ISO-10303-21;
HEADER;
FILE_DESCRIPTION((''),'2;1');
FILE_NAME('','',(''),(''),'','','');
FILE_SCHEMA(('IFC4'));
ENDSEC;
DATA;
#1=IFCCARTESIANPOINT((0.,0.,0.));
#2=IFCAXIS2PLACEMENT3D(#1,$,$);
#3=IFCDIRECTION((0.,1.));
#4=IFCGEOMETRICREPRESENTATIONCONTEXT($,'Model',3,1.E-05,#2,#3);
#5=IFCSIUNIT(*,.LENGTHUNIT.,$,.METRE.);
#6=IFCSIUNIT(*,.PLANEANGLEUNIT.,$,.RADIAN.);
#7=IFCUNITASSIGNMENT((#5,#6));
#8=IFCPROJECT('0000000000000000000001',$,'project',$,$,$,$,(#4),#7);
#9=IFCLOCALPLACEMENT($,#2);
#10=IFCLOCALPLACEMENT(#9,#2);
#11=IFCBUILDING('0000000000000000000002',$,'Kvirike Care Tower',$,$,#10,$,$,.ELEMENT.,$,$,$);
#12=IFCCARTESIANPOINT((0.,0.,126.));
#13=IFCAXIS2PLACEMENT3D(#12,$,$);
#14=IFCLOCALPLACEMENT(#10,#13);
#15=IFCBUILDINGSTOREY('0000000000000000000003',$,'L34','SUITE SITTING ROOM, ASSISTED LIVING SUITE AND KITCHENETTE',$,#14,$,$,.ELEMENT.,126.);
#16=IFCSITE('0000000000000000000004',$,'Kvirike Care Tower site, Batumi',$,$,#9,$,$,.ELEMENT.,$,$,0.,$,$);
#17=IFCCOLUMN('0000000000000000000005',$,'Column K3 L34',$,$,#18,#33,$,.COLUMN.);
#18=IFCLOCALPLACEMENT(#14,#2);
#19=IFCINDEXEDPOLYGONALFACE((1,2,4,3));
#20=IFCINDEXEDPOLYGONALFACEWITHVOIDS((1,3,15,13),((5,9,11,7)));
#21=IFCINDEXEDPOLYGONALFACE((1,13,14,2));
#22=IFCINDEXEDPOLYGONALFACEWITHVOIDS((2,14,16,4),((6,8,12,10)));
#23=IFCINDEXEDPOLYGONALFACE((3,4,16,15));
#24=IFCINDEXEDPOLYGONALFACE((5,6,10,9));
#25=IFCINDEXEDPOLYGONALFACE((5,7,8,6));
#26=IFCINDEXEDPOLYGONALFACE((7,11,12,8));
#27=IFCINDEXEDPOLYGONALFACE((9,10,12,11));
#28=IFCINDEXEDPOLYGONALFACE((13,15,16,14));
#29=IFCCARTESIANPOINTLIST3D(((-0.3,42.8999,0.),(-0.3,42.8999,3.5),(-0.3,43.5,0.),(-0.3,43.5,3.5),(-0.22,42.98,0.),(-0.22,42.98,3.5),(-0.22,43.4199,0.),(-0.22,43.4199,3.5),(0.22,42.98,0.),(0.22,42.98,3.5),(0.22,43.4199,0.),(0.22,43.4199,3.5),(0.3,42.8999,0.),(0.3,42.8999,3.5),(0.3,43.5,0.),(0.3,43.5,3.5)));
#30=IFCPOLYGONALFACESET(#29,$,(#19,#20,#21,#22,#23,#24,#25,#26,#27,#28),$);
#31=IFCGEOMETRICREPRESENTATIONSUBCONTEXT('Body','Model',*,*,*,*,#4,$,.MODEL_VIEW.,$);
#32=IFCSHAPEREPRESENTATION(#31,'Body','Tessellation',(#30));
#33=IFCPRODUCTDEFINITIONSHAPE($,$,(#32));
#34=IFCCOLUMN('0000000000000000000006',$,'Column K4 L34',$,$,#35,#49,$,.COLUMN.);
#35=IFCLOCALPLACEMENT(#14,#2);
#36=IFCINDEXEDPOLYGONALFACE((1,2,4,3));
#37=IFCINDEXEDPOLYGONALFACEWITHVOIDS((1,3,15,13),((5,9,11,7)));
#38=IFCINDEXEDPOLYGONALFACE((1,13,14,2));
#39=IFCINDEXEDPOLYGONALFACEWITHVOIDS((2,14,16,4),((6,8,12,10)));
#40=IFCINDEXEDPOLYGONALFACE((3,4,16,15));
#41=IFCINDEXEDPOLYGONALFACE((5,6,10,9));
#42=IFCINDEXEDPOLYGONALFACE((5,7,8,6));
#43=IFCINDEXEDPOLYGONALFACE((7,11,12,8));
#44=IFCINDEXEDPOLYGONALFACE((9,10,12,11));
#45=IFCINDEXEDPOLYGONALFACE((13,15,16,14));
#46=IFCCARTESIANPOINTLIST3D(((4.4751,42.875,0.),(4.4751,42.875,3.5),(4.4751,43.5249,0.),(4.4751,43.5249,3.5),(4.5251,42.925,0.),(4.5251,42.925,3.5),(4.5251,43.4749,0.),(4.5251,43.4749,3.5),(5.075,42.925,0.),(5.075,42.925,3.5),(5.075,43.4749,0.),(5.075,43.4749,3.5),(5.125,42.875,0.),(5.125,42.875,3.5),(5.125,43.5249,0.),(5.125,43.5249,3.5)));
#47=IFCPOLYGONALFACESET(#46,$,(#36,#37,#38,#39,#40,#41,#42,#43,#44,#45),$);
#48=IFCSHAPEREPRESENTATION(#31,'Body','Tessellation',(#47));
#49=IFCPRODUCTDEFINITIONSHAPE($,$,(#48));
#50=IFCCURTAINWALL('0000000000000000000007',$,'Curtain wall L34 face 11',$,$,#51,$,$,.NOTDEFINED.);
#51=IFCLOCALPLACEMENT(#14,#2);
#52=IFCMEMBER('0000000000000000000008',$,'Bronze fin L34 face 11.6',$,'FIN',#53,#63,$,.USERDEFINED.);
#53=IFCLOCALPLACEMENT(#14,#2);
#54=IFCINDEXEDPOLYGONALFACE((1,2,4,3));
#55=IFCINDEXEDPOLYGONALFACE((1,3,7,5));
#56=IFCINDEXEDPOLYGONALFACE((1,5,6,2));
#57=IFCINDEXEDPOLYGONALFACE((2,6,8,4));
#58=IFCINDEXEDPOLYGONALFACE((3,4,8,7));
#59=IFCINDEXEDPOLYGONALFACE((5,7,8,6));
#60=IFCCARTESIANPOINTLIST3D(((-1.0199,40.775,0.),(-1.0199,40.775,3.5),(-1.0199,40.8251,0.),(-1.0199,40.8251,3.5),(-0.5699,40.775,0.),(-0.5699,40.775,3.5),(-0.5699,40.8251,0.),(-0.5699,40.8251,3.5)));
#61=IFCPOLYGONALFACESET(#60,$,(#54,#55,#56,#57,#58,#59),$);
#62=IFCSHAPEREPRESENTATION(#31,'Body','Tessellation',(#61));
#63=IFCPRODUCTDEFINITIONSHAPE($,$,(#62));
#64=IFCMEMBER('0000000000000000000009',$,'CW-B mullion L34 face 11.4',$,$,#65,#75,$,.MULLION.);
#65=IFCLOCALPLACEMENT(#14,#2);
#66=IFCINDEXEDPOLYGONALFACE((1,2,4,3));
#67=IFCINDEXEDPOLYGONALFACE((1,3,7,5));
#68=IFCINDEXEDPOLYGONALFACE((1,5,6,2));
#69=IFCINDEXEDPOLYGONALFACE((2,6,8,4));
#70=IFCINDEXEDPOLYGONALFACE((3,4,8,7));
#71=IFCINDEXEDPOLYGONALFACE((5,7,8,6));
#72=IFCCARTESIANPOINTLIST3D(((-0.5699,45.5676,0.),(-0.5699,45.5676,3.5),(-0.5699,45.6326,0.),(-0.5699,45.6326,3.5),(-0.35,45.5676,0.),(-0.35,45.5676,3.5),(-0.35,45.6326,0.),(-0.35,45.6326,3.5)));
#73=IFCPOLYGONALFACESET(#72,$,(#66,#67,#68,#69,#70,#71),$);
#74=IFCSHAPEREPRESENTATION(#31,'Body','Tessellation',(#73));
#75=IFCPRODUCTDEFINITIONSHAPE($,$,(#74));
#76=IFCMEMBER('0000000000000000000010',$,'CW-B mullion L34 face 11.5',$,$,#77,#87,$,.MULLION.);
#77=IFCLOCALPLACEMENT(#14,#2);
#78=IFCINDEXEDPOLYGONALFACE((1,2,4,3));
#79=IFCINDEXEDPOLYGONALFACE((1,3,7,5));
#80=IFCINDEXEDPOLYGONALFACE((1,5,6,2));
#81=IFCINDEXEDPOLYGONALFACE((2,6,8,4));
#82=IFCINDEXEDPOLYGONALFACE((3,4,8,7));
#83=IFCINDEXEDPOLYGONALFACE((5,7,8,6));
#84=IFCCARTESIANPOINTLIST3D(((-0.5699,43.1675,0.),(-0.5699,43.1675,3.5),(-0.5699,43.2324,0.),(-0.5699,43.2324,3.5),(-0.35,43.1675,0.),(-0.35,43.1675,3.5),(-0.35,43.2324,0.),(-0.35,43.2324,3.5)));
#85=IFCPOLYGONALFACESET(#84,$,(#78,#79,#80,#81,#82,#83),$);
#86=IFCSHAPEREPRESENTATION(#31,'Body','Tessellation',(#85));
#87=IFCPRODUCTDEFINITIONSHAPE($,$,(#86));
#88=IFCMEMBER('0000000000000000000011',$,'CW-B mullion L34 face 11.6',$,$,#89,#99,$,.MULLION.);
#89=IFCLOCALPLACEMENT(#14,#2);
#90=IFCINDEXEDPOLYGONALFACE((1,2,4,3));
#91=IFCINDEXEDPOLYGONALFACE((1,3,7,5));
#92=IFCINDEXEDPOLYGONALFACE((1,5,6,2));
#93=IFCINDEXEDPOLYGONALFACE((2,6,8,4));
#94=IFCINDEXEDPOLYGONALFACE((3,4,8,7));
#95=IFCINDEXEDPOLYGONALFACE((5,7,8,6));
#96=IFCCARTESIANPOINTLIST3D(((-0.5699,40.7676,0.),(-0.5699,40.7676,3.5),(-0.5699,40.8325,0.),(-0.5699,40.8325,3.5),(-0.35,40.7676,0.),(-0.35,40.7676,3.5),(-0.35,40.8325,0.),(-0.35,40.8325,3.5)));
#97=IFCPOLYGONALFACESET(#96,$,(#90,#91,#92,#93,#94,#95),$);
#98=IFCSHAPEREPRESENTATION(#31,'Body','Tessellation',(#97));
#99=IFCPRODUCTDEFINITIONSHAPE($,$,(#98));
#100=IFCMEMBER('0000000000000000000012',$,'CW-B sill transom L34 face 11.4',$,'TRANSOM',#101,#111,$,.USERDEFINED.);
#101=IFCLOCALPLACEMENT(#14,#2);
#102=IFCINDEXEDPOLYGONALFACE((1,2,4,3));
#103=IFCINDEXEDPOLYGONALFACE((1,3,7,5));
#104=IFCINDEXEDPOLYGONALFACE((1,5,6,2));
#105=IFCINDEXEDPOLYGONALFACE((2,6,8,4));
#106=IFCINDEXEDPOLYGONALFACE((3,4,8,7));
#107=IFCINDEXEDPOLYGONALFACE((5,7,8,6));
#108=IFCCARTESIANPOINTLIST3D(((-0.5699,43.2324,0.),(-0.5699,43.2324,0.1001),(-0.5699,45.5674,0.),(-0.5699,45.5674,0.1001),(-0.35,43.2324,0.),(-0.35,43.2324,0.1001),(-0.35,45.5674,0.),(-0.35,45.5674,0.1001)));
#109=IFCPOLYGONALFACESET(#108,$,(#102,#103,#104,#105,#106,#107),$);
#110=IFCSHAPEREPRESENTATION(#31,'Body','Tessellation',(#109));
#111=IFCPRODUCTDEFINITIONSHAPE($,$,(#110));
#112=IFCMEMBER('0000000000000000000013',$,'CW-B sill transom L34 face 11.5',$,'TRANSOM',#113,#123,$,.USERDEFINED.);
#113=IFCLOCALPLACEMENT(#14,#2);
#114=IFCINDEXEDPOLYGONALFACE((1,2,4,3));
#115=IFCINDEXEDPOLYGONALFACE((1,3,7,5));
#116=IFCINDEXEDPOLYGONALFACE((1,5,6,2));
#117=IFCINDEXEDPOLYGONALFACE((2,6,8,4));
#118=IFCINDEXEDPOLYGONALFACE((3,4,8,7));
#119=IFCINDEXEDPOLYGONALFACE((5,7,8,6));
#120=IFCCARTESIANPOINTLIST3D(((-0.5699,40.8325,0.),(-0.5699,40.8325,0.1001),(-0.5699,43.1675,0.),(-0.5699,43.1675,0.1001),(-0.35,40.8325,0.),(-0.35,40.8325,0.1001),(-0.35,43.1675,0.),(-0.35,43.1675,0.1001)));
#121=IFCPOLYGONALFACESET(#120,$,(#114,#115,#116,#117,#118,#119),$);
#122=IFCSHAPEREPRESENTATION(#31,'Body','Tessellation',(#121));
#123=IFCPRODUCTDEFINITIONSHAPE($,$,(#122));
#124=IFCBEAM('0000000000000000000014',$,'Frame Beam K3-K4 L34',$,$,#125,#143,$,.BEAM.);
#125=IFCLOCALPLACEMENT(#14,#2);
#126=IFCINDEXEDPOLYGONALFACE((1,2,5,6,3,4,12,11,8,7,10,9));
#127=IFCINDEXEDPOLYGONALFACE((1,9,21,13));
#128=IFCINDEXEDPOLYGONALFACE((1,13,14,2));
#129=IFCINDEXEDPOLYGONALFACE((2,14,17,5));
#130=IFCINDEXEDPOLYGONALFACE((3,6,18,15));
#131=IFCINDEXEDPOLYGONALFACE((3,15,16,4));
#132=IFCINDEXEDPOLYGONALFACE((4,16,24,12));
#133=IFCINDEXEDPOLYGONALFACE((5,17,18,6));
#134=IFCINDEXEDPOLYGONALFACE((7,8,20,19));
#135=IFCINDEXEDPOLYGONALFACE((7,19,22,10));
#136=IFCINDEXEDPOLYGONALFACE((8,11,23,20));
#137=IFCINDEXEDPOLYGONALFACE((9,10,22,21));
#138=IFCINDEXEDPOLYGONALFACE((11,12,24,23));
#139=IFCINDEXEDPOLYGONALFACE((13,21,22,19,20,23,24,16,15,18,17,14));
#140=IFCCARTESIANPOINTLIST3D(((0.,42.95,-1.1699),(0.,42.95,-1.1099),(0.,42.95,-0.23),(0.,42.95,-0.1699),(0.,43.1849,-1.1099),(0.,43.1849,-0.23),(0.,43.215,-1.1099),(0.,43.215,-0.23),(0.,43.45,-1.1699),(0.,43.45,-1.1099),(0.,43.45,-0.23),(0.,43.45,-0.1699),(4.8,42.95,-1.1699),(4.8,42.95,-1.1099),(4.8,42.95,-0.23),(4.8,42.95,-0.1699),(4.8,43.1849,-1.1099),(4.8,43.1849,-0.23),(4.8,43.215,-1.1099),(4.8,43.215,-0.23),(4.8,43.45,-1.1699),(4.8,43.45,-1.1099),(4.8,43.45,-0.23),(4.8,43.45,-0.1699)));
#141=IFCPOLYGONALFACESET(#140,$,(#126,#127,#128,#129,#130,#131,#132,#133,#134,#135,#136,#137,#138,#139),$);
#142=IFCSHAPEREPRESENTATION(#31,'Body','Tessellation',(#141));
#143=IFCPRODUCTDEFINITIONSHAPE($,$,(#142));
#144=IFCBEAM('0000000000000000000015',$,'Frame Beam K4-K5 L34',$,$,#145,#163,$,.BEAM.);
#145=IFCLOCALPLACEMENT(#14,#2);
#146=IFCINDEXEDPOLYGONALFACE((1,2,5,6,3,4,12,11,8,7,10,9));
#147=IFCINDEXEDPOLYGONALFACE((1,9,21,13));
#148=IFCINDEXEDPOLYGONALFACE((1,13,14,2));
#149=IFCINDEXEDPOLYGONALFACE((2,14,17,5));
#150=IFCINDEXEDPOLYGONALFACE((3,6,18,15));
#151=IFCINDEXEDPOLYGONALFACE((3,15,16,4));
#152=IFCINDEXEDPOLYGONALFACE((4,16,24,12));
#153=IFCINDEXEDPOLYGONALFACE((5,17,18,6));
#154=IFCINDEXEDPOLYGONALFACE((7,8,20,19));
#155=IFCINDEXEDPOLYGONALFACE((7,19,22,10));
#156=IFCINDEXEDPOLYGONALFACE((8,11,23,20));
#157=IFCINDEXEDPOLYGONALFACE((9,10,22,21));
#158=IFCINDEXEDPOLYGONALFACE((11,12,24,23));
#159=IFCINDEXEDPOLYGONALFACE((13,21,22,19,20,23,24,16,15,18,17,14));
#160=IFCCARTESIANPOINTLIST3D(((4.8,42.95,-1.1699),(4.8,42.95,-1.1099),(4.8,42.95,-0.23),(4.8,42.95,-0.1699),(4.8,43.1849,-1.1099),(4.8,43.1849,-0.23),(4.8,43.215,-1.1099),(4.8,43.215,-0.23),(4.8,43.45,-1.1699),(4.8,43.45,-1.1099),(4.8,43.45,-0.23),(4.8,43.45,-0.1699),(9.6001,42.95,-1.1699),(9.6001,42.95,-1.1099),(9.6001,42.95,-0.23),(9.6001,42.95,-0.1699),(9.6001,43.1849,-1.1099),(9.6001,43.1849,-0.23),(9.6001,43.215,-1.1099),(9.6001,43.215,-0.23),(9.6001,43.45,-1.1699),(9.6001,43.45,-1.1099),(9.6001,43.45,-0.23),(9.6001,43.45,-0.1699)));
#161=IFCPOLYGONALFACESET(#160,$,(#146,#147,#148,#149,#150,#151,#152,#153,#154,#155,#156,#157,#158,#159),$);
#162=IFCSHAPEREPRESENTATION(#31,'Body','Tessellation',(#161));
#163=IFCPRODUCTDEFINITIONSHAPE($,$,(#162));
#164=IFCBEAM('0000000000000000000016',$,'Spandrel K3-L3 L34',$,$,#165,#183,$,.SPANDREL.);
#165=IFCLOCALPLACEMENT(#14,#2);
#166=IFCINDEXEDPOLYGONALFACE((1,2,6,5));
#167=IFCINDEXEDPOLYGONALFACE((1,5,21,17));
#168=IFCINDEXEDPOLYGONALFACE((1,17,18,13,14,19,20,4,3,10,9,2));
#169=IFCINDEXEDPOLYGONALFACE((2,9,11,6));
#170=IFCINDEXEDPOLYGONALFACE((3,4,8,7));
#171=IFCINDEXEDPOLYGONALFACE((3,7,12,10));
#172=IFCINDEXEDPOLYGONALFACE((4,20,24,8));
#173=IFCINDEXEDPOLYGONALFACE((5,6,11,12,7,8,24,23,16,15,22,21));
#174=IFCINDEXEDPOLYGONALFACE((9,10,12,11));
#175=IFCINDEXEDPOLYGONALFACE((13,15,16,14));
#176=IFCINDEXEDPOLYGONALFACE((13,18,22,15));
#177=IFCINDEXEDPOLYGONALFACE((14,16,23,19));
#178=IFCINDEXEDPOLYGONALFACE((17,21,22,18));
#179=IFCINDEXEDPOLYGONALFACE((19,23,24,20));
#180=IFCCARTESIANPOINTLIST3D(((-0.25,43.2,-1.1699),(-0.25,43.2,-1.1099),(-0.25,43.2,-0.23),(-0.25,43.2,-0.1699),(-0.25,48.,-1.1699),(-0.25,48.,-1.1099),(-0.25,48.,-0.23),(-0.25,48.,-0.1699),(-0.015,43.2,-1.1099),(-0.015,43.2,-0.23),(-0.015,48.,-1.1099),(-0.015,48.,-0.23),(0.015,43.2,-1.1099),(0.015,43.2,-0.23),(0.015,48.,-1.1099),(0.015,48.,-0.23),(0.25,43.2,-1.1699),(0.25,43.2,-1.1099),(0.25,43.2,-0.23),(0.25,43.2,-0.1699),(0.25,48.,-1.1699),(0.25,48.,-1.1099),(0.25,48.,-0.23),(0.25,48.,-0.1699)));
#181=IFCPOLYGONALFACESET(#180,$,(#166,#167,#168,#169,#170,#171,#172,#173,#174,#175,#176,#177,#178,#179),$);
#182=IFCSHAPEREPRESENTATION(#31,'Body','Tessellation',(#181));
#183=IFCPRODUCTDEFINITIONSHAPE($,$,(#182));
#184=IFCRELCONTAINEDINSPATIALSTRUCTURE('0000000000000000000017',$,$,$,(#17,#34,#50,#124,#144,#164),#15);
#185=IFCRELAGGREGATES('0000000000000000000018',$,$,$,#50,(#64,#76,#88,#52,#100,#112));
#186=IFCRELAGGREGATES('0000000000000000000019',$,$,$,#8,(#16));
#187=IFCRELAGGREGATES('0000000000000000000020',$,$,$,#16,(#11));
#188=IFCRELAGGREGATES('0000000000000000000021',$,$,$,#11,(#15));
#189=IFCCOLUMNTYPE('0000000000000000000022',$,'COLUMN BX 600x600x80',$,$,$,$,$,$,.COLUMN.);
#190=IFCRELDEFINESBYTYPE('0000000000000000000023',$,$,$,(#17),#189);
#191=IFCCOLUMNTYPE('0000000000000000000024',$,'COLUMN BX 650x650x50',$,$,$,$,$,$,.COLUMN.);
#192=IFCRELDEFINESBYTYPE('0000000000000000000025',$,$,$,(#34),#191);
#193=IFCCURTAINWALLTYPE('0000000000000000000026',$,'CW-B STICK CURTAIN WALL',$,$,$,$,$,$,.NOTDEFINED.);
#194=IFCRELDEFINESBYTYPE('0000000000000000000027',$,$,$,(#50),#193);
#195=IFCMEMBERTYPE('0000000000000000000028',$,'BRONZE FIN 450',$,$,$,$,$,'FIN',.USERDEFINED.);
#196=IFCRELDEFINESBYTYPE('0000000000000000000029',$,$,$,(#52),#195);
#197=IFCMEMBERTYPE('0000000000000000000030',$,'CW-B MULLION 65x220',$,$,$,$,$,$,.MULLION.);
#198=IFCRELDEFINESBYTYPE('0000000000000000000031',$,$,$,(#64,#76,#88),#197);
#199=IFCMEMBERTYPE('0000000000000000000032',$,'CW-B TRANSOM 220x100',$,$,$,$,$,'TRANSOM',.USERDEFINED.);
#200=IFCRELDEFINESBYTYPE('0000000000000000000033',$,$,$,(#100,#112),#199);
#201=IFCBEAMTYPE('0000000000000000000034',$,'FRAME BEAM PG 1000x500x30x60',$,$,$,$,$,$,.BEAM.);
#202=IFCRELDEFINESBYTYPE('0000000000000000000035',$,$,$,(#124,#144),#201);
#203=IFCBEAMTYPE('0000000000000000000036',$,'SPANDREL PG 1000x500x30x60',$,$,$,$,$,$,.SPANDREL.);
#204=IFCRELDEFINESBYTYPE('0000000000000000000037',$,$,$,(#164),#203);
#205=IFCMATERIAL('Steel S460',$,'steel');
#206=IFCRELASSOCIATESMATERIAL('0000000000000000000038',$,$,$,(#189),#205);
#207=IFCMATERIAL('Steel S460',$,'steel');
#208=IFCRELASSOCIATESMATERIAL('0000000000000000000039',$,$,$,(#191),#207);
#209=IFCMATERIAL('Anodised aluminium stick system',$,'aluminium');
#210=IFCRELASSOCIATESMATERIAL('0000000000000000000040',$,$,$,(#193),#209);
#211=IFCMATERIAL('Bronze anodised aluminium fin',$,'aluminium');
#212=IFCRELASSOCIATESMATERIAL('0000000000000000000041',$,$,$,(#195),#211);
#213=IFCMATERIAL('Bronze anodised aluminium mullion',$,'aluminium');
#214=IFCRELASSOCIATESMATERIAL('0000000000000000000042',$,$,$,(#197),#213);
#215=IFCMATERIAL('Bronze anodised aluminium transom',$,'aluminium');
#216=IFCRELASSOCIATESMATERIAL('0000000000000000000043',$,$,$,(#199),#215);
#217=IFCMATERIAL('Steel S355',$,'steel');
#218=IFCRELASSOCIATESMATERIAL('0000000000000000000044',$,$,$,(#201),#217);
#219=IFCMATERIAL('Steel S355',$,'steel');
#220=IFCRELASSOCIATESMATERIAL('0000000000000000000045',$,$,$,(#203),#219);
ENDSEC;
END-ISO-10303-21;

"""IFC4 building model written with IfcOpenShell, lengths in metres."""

from ifc_helpers import new_model, si_unit, direction, frame, origin, origin_2d, place, context, subcontext, project, spatial, rectangle, hollow_rectangle, i_section, extrude, material, material_profile, profile_set, type_object, element, aggregate, save


model = new_model("IFC4")

# Units and contexts
model_context = context("Model", 3, precision=1e-05, world=origin(), true_north=direction((0.0, 1.0)))
body_context = subcontext(model_context, "Body", "Model", "MODEL_VIEW")
ifc_project = project(units=[si_unit("LENGTHUNIT", "METRE"), si_unit("PLANEANGLEUNIT", "RADIAN")], contexts=[model_context])

# Site, building, storey
site_placement = place(None, origin())
site = spatial("IfcSite", under=ifc_project, at=site_placement, Name="Kvirike Care Tower site, Batumi", CompositionType="ELEMENT", RefElevation=0.0)
building_placement = place(site_placement, origin())
building = spatial("IfcBuilding", under=site, at=building_placement, Name="Kvirike Care Tower", CompositionType="ELEMENT")
storey_placement = place(building_placement, frame((0.0, 0.0, 126.0)))
storey = spatial("IfcBuildingStorey", under=building, at=storey_placement, Name="L34", Description="SUITE SITTING ROOM, ASSISTED LIVING SUITE AND KITCHENETTE", CompositionType="ELEMENT", Elevation=126.0)

# Columns
ifc_material_1 = material(Name="Steel S460", Category="steel")
ifc_material_profile_1 = material_profile(ifc_material_1, hollow_rectangle(XDim=0.6001, YDim=0.6001, WallThickness=0.0801, at=origin_2d()), Name="BX 600x600x80")
ifc_profile_set_1 = profile_set([ifc_material_profile_1], Name="Steel S460")
column_type_1 = type_object("IfcColumnType", Name="COLUMN BX 600x600x80", PredefinedType="COLUMN", material=ifc_profile_set_1)
column_1_placement = place(storey_placement, frame((0.0, 43.2, 0.0), z_axis=(0.0, 0.0, 1.0), x_axis=(0.0, 1.0, 0.0)))
element("IfcColumn", 1, at=column_1_placement, inside=storey, type_object=column_type_1, Name="Column K3 L34", PredefinedType="COLUMN", context=body_context, shape_type="SweptSolid", body=[
    extrude(hollow_rectangle(XDim=0.6001, YDim=0.6001, WallThickness=0.0801, at=origin_2d()), origin(), (0.0, 0.0, 1.0), 3.5),
])
ifc_material_2 = material(Name="Steel S460", Category="steel")
ifc_material_profile_2 = material_profile(ifc_material_2, hollow_rectangle(XDim=0.6499, YDim=0.6499, WallThickness=0.05, at=origin_2d()), Name="BX 650x650x50")
ifc_profile_set_2 = profile_set([ifc_material_profile_2], Name="Steel S460")
column_type_2 = type_object("IfcColumnType", Name="COLUMN BX 650x650x50", PredefinedType="COLUMN", material=ifc_profile_set_2)
column_2_placement = place(storey_placement, frame((4.8, 43.2, 0.0), z_axis=(0.0, 0.0, 1.0), x_axis=(0.0, 1.0, 0.0)))
element("IfcColumn", 2, at=column_2_placement, inside=storey, type_object=column_type_2, Name="Column K4 L34", PredefinedType="COLUMN", context=body_context, shape_type="SweptSolid", body=[
    extrude(hollow_rectangle(XDim=0.6499, YDim=0.6499, WallThickness=0.05, at=origin_2d()), origin(), (0.0, 0.0, 1.0), 3.5),
])

# Curtain wall, members
ifc_material_3 = material(Name="Anodised aluminium stick system", Category="aluminium")
curtain_wall_type = type_object("IfcCurtainWallType", Name="CW-B STICK CURTAIN WALL", PredefinedType="NOTDEFINED", material=ifc_material_3)
curtain_wall_placement = place(storey_placement, origin())
curtain_wall = element("IfcCurtainWall", 3, at=curtain_wall_placement, inside=storey, type_object=curtain_wall_type, Name="Curtain wall L34 face 11", PredefinedType="NOTDEFINED")
ifc_material_4 = material(Name="Bronze anodised aluminium fin", Category="aluminium")
ifc_material_profile_3 = material_profile(ifc_material_4, rectangle(XDim=0.05, YDim=0.45, at=origin_2d()), Name="BRONZE FIN 450")
ifc_profile_set_3 = profile_set([ifc_material_profile_3], Name="Bronze anodised aluminium fin")
member_type_1 = type_object("IfcMemberType", Name="BRONZE FIN 450", ElementType="FIN", PredefinedType="USERDEFINED", material=ifc_profile_set_3)
member_1_placement = place(storey_placement, frame((-0.7949, 40.8, 0.0), z_axis=(0.0, 0.0, 1.0), x_axis=(0.0, -1.0, 0.0)))
member_1 = element("IfcMember", 4, at=member_1_placement, type_object=member_type_1, Name="Bronze fin L34 face 11.6", ObjectType="FIN", PredefinedType="USERDEFINED", context=body_context, shape_type="SweptSolid", body=[
    extrude(rectangle(XDim=0.05, YDim=0.45, at=origin_2d()), origin(), (0.0, 0.0, 1.0), 3.5),
])
ifc_material_5 = material(Name="Bronze anodised aluminium mullion", Category="aluminium")
ifc_material_profile_4 = material_profile(ifc_material_5, rectangle(XDim=0.0649, YDim=0.22, at=origin_2d()), Name="CW-B MULLION 65x220")
ifc_profile_set_4 = profile_set([ifc_material_profile_4], Name="Bronze anodised aluminium mullion")
member_type_2 = type_object("IfcMemberType", Name="CW-B MULLION 65x220", PredefinedType="MULLION", material=ifc_profile_set_4)
member_2_placement = place(storey_placement, frame((-0.46, 45.6001, 0.0), z_axis=(0.0, 0.0, 1.0), x_axis=(0.0, -1.0, 0.0)))
member_2 = element("IfcMember", 5, at=member_2_placement, type_object=member_type_2, Name="CW-B mullion L34 face 11.4", PredefinedType="MULLION", context=body_context, shape_type="SweptSolid", body=[
    extrude(rectangle(XDim=0.0649, YDim=0.22, at=origin_2d()), origin(), (0.0, 0.0, 1.0), 3.5),
])
member_3_placement = place(storey_placement, frame((-0.46, 43.2, 0.0), z_axis=(0.0, 0.0, 1.0), x_axis=(0.0, -1.0, 0.0)))
member_3 = element("IfcMember", 6, at=member_3_placement, type_object=member_type_2, Name="CW-B mullion L34 face 11.5", PredefinedType="MULLION", context=body_context, shape_type="SweptSolid", body=[
    extrude(rectangle(XDim=0.0649, YDim=0.22, at=origin_2d()), origin(), (0.0, 0.0, 1.0), 3.5),
])
member_4_placement = place(storey_placement, frame((-0.46, 40.8, 0.0), z_axis=(0.0, 0.0, 1.0), x_axis=(0.0, -1.0, 0.0)))
member_4 = element("IfcMember", 7, at=member_4_placement, type_object=member_type_2, Name="CW-B mullion L34 face 11.6", PredefinedType="MULLION", context=body_context, shape_type="SweptSolid", body=[
    extrude(rectangle(XDim=0.0649, YDim=0.22, at=origin_2d()), origin(), (0.0, 0.0, 1.0), 3.5),
])
ifc_material_6 = material(Name="Bronze anodised aluminium transom", Category="aluminium")
ifc_material_profile_5 = material_profile(ifc_material_6, rectangle(XDim=0.22, YDim=0.1001, at=origin_2d()), Name="CW-B TRANSOM 220x100")
ifc_profile_set_5 = profile_set([ifc_material_profile_5], Name="Bronze anodised aluminium transom")
member_type_3 = type_object("IfcMemberType", Name="CW-B TRANSOM 220x100", ElementType="TRANSOM", PredefinedType="USERDEFINED", material=ifc_profile_set_5)
member_5_placement = place(storey_placement, frame((-0.46, 45.5674, 0.05), z_axis=(0.0, -1.0, 0.0), x_axis=(1.0, 0.0, 0.0)))
member_5 = element("IfcMember", 8, at=member_5_placement, type_object=member_type_3, Name="CW-B sill transom L34 face 11.4", ObjectType="TRANSOM", PredefinedType="USERDEFINED", context=body_context, shape_type="SweptSolid", body=[
    extrude(rectangle(XDim=0.22, YDim=0.1001, at=origin_2d()), origin(), (0.0, 0.0, 1.0), 2.335),
])
member_6_placement = place(storey_placement, frame((-0.46, 43.1675, 0.05), z_axis=(0.0, -1.0, 0.0), x_axis=(1.0, 0.0, 0.0)))
member_6 = element("IfcMember", 9, at=member_6_placement, type_object=member_type_3, Name="CW-B sill transom L34 face 11.5", ObjectType="TRANSOM", PredefinedType="USERDEFINED", context=body_context, shape_type="SweptSolid", body=[
    extrude(rectangle(XDim=0.22, YDim=0.1001, at=origin_2d()), origin(), (0.0, 0.0, 1.0), 2.335),
])

# Beams
ifc_material_7 = material(Name="Steel S355", Category="steel")
ifc_material_profile_6 = material_profile(ifc_material_7, i_section(OverallWidth=0.5, OverallDepth=1.0, WebThickness=0.03, FlangeThickness=0.0601, at=origin_2d()), Name="PG 1000x500x30x60")
ifc_profile_set_6 = profile_set([ifc_material_profile_6], Name="Steel S355")
beam_type_1 = type_object("IfcBeamType", Name="FRAME BEAM PG 1000x500x30x60", PredefinedType="BEAM", material=ifc_profile_set_6)
for number, where, z_axis, x_axis, name in (
    (10, (0.0, 43.2, -0.6699), (1.0, 0.0, 0.0), (0.0, 1.0, 0.0), "Frame Beam K3-K4 L34"),
    (11, (4.8, 43.2, -0.6699), (1.0, 0.0, 0.0), (0.0, 1.0, 0.0), "Frame Beam K4-K5 L34"),
):
    element("IfcBeam", number, at=place(storey_placement, frame(where, z_axis=z_axis, x_axis=x_axis)), inside=storey, type_object=beam_type_1, Name=name, PredefinedType="BEAM", context=body_context, shape_type="SweptSolid", body=[
        extrude(i_section(OverallWidth=0.5, OverallDepth=1.0, WebThickness=0.03, FlangeThickness=0.0601, at=origin_2d()), origin(), (0.0, 0.0, 1.0), 4.8),
    ])
ifc_material_8 = material(Name="Steel S355", Category="steel")
ifc_material_profile_7 = material_profile(ifc_material_8, i_section(OverallWidth=0.5, OverallDepth=1.0, WebThickness=0.03, FlangeThickness=0.0601, at=origin_2d()), Name="PG 1000x500x30x60")
ifc_profile_set_7 = profile_set([ifc_material_profile_7], Name="Steel S355")
beam_type_2 = type_object("IfcBeamType", Name="SPANDREL PG 1000x500x30x60", PredefinedType="SPANDREL", material=ifc_profile_set_7)
beam_placement = place(storey_placement, frame((0.0, 43.2, -0.6699), z_axis=(0.0, 1.0, 0.0), x_axis=(-1.0, 0.0, 0.0)))
element("IfcBeam", 12, at=beam_placement, inside=storey, type_object=beam_type_2, Name="Spandrel K3-L3 L34", PredefinedType="SPANDREL", context=body_context, shape_type="SweptSolid", body=[
    extrude(i_section(OverallWidth=0.5, OverallDepth=1.0, WebThickness=0.03, FlangeThickness=0.0601, at=origin_2d()), origin(), (0.0, 0.0, 1.0), 4.8),
])

aggregate(curtain_wall, [member_2, member_3, member_4, member_1, member_5, member_6])

save(model, "model.ifc")
